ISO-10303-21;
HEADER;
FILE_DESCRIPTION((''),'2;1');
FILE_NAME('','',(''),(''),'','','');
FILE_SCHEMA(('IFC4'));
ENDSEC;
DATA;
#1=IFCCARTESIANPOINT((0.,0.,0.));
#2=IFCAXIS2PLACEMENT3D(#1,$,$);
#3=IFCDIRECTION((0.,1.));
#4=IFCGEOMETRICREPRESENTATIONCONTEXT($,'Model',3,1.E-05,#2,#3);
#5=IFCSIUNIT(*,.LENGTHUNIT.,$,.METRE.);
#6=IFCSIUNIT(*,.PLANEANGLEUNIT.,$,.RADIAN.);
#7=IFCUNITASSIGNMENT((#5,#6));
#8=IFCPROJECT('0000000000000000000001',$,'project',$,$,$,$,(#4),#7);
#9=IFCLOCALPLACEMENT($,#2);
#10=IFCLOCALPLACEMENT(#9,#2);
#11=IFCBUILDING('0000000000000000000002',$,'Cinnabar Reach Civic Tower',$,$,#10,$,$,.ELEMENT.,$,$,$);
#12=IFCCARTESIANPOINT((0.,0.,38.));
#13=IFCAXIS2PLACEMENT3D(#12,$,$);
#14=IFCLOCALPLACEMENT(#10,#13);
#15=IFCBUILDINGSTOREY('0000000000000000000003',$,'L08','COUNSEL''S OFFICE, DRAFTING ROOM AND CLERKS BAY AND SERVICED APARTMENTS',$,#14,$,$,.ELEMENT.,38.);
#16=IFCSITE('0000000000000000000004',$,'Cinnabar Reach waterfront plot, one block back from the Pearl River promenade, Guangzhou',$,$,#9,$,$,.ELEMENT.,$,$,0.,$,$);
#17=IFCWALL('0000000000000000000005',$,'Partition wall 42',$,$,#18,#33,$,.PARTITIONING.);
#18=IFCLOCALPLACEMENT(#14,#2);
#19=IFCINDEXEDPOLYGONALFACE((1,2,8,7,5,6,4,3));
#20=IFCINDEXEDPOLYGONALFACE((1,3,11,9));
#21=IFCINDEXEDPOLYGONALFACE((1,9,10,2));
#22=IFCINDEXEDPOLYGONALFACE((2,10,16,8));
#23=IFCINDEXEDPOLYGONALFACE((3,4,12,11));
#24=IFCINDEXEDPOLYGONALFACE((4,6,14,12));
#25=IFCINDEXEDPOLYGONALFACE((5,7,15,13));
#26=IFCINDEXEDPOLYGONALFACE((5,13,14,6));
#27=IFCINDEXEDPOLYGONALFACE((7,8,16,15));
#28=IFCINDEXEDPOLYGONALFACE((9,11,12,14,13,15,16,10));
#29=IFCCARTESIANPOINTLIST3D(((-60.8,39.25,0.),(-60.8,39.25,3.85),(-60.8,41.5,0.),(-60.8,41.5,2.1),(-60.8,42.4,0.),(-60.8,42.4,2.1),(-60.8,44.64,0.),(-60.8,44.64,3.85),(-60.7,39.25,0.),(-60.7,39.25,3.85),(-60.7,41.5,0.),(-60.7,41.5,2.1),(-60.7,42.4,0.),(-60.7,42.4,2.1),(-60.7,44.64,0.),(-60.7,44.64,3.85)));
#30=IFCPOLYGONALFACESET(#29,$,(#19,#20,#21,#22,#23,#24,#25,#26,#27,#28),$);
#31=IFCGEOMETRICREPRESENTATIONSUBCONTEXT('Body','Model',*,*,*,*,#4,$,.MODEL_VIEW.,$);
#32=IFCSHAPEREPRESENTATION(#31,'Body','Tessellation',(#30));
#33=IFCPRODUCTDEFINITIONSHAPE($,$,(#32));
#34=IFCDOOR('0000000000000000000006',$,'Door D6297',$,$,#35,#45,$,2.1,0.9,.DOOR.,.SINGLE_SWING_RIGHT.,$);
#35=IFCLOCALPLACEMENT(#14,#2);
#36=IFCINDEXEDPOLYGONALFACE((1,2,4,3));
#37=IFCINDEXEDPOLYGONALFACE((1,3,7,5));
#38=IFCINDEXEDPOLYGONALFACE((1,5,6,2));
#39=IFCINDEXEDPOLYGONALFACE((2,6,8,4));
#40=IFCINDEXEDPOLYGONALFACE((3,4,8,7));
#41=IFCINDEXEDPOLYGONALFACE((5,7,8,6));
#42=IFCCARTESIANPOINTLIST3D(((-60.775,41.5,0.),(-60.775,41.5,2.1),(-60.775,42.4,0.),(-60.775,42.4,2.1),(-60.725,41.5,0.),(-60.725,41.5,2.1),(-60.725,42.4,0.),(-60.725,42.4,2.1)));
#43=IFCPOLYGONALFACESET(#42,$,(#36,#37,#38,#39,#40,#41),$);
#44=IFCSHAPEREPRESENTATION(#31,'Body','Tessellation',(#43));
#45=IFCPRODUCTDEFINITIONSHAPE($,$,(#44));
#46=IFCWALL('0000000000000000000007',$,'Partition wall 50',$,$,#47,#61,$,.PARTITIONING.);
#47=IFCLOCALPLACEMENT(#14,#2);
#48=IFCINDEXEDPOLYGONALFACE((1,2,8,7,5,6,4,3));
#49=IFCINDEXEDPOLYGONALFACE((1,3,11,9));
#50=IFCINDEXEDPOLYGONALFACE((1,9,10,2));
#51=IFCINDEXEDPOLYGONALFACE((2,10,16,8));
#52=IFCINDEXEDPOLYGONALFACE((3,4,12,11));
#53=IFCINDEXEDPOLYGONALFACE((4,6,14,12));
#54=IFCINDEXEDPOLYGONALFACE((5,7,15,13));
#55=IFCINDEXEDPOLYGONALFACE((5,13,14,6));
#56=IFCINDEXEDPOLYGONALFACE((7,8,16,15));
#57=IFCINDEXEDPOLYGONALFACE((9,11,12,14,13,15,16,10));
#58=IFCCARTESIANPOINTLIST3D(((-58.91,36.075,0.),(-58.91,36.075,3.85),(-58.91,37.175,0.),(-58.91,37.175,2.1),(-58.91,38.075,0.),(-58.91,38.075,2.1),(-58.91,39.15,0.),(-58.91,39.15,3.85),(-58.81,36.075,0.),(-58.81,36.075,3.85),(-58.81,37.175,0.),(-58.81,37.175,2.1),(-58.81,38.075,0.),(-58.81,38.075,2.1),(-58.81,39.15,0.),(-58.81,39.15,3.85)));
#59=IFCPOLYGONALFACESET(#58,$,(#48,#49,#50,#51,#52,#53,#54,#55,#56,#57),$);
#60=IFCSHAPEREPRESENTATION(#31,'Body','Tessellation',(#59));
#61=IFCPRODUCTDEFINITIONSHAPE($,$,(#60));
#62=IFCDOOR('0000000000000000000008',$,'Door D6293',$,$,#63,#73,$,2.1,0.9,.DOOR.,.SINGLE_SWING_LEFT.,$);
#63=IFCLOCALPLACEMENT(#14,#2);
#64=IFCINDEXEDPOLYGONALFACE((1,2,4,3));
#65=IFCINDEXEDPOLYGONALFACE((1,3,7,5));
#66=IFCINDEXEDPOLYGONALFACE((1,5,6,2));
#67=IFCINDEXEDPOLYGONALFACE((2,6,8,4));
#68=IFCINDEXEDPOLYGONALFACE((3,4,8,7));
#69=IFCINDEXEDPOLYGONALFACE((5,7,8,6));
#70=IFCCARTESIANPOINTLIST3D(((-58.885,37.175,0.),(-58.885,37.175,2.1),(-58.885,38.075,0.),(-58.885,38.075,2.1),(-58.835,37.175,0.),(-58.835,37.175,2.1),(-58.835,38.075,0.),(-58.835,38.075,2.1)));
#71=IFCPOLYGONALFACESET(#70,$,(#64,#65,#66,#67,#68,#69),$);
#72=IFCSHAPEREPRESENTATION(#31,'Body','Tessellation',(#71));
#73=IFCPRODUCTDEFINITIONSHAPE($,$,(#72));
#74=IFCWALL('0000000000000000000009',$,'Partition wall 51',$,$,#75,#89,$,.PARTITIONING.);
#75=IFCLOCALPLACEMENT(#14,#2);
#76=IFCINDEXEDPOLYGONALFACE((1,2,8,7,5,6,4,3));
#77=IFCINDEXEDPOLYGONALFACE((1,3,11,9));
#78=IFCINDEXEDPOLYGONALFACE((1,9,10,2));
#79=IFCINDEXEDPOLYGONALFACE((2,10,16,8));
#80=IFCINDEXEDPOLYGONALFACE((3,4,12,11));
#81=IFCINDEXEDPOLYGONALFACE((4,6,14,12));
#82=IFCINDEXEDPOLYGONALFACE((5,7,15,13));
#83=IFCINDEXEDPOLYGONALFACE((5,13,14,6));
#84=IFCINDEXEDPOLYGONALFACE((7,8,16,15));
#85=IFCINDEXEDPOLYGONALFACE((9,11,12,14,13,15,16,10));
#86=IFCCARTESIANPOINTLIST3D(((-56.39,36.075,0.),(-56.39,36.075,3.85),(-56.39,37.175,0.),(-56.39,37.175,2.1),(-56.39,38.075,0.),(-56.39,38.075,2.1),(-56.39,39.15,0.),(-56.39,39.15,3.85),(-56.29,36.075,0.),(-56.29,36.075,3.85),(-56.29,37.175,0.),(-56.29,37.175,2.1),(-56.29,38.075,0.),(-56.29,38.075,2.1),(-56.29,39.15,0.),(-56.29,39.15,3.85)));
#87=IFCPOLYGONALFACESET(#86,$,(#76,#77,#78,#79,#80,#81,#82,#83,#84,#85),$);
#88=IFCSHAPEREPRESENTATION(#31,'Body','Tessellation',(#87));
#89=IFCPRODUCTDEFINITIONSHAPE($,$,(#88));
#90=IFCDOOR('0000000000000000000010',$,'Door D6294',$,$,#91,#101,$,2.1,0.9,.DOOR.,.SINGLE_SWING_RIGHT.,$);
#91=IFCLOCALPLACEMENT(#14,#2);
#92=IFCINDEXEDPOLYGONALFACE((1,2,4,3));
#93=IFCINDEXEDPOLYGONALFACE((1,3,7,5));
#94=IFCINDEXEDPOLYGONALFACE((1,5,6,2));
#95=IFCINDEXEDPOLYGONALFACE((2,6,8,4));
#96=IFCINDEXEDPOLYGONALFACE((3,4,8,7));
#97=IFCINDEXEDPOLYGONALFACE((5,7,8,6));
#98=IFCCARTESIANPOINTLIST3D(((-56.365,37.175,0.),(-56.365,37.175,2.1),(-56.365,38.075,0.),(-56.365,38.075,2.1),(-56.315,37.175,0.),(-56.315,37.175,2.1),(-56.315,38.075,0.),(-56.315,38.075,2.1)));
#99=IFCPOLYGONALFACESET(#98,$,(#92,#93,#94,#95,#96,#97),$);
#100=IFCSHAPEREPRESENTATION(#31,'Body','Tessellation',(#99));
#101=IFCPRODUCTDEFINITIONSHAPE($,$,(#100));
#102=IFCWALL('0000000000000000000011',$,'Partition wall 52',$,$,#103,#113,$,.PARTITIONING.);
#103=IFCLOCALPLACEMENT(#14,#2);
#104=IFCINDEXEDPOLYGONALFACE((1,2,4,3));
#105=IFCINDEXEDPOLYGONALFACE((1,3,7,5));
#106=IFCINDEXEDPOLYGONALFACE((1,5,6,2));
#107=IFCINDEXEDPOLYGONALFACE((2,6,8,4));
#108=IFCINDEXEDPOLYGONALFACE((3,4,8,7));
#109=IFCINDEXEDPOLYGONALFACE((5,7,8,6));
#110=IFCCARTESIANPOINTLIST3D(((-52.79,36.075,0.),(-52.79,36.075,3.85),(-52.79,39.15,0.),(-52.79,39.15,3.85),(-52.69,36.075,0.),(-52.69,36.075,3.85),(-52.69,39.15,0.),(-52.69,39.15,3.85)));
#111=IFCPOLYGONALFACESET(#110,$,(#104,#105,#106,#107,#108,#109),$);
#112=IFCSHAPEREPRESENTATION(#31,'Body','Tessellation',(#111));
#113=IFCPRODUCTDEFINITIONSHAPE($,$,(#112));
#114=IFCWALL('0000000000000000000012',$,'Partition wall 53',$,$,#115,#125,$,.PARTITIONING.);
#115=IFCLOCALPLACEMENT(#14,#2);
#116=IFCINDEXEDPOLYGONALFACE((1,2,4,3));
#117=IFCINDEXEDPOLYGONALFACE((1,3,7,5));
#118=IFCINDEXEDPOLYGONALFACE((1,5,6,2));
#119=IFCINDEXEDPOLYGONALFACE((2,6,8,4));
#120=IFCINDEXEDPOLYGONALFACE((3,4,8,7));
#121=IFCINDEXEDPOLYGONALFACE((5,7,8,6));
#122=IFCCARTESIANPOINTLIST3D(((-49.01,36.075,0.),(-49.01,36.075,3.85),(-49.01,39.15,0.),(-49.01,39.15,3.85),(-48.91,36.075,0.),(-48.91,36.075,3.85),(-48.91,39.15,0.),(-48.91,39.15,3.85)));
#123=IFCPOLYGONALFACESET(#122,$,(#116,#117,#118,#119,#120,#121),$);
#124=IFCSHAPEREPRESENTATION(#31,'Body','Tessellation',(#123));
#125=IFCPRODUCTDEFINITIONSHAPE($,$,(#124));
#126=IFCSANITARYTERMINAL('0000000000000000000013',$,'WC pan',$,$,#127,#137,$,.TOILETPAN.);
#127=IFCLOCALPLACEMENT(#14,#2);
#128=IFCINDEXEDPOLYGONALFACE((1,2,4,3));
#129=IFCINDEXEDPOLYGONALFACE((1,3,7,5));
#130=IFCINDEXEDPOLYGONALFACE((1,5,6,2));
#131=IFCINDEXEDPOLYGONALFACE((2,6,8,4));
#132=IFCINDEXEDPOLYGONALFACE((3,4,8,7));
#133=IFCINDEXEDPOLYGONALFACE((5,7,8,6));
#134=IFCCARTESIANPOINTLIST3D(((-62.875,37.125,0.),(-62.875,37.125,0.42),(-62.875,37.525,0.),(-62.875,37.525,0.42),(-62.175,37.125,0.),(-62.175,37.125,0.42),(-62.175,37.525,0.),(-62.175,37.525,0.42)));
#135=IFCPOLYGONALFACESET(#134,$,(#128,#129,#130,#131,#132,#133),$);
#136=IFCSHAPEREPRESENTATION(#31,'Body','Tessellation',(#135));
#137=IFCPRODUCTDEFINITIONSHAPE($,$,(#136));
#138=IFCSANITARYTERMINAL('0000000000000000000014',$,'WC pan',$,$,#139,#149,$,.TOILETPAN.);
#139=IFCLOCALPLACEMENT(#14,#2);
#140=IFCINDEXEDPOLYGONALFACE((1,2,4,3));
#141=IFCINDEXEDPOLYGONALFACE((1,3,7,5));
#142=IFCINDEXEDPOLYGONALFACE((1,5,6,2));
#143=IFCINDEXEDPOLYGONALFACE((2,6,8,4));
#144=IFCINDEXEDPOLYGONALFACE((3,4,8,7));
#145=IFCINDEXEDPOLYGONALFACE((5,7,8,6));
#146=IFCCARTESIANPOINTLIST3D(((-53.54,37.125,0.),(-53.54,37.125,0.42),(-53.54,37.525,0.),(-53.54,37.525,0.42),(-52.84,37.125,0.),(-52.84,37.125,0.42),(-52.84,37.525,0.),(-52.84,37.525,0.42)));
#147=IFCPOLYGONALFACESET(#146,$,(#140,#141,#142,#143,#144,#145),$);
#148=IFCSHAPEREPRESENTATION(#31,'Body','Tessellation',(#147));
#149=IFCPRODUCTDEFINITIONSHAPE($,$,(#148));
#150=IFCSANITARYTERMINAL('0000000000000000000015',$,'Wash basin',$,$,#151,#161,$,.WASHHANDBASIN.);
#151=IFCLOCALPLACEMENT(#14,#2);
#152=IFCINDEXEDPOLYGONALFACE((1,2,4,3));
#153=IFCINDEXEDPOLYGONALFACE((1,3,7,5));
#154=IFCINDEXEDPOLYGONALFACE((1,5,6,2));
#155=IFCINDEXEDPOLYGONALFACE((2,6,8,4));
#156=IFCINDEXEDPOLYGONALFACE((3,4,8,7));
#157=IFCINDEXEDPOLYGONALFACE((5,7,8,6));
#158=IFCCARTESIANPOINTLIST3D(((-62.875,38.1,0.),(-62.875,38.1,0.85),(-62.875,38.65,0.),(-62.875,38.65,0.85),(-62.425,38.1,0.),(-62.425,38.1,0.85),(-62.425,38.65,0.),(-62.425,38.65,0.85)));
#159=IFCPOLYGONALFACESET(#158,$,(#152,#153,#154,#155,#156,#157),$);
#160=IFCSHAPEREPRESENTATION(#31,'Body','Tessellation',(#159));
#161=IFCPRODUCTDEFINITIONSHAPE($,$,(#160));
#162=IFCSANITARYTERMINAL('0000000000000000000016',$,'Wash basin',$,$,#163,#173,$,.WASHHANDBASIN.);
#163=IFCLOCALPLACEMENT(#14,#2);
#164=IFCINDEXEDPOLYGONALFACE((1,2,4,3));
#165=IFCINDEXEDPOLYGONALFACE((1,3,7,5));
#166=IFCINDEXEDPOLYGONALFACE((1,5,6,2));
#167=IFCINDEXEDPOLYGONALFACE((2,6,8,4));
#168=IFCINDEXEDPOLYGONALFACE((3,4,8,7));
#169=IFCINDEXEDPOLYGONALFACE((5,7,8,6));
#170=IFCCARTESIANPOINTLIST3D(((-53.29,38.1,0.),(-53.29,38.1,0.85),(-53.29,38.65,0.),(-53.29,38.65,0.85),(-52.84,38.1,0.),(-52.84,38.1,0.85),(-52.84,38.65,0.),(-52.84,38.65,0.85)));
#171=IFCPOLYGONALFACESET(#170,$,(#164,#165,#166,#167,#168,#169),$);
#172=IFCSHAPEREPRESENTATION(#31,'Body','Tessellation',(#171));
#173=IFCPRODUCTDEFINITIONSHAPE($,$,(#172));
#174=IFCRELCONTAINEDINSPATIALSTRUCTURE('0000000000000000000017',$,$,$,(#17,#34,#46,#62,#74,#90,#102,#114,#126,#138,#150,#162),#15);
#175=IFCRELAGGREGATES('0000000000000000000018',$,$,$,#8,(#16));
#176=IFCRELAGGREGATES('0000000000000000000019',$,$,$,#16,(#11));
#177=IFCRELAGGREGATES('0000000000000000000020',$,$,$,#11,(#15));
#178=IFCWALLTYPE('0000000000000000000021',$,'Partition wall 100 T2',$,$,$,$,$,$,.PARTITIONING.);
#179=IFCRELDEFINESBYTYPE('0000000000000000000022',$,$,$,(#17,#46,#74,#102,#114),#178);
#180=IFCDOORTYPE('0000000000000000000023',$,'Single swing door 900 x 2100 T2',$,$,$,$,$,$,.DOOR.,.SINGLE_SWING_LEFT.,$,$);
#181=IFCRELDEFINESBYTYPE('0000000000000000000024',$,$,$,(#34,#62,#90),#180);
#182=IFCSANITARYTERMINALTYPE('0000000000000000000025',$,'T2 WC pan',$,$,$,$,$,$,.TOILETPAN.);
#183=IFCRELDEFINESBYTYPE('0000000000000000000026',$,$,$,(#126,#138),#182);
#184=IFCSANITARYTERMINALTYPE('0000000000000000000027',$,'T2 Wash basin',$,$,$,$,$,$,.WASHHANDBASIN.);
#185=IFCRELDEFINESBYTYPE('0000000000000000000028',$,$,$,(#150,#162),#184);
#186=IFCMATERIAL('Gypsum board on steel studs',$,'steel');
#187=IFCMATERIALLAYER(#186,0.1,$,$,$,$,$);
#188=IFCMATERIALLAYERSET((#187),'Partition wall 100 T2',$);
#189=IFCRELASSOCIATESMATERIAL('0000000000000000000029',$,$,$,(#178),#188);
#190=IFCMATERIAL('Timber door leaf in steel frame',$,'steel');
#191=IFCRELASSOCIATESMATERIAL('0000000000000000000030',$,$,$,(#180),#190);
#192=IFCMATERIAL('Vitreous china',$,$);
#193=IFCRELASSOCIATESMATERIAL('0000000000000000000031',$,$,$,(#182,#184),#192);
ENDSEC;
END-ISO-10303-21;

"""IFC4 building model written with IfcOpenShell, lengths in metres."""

from ifc_helpers import new_model, si_unit, direction, frame, frame_2d, origin, origin_2d, place, context, subcontext, project, spatial, rectangle, extrude, material, layer, layer_set, type_object, element, fill, save


model = new_model("IFC4")

# Units and contexts
model_context = context("Model", 3, precision=1e-05, world=origin(), true_north=direction((0.0, 1.0)))
body_context = subcontext(model_context, "Body", "Model", "MODEL_VIEW")
ifc_project = project(units=[si_unit("LENGTHUNIT", "METRE"), si_unit("PLANEANGLEUNIT", "RADIAN")], contexts=[model_context])

# Site, building, storey
site_placement = place(None, origin())
site = spatial("IfcSite", under=ifc_project, at=site_placement, Name="Cinnabar Reach waterfront plot, one block back from the Pearl River promenade, Guangzhou", CompositionType="ELEMENT", RefElevation=0.0)
building_placement = place(site_placement, origin())
building = spatial("IfcBuilding", under=site, at=building_placement, Name="Cinnabar Reach Civic Tower", CompositionType="ELEMENT")
storey_placement = place(building_placement, frame((0.0, 0.0, 38.0)))
storey = spatial("IfcBuildingStorey", under=building, at=storey_placement, Name="L08", Description="COUNSEL'S OFFICE, DRAFTING ROOM AND CLERKS BAY AND SERVICED APARTMENTS", CompositionType="ELEMENT", Elevation=38.0)

# Shared definitions
ifc_material_1 = material(Name="Gypsum board on steel studs", Category="steel")
ifc_layer_1 = layer(ifc_material_1, 0.1)
ifc_layer_set_1 = layer_set([ifc_layer_1], Name="Partition wall 100 T2")
wall_type_1 = type_object("IfcWallType", Name="Partition wall 100 T2", PredefinedType="PARTITIONING", material=ifc_layer_set_1)
ifc_material_2 = material(Name="Timber door leaf in steel frame", Category="steel")
door_type = type_object("IfcDoorType", Name="Single swing door 900 x 2100 T2", OperationType="SINGLE_SWING_LEFT", PredefinedType="DOOR", material=ifc_material_2)

# Walls, openings, doors
wall_1_placement = place(storey_placement, frame((-60.75, 39.25, 0.0), z_axis=(0.0, 0.0, 1.0), x_axis=(0.0, 1.0, 0.0)))
wall_1 = element("IfcWall", 1, at=wall_1_placement, inside=storey, type_object=wall_type_1, Name="Partition wall 42", PredefinedType="PARTITIONING", context=body_context, shape_type="SweptSolid", body=[
    extrude(rectangle(XDim=5.39, YDim=0.1, at=frame_2d((2.695, 0.0))), origin(), (0.0, 0.0, 1.0), 3.85),
])
opening_1_placement = place(wall_1_placement, frame((2.25, 0.0, 0.0)))
opening_1 = element("IfcOpeningElement", 2, at=opening_1_placement, cuts=wall_1, PredefinedType="OPENING", context=body_context, shape_type="SweptSolid", body=[
    extrude(rectangle(XDim=0.9, YDim=2.1, at=frame_2d((0.45, 1.05))), frame((0.0, 0.06, 0.0), z_axis=(0.0, -1.0, 0.0), x_axis=(1.0, 0.0, 0.0)), (0.0, 0.0, 1.0), 0.12),
])
door_1_placement = place(opening_1_placement, origin())
door_1 = element("IfcDoor", 3, at=door_1_placement, inside=storey, type_object=door_type, Name="Door D6297", OperationType="SINGLE_SWING_RIGHT", OverallHeight=2.1, OverallWidth=0.9, PredefinedType="DOOR", context=body_context, shape_type="SweptSolid", body=[
    extrude(rectangle(XDim=0.9, YDim=2.1, at=frame_2d((0.45, 1.05))), frame((0.0, 0.025, 0.0), z_axis=(0.0, -1.0, 0.0), x_axis=(1.0, 0.0, 0.0)), (0.0, 0.0, 1.0), 0.05),
])
fill(opening_1, door_1)
wall_2_placement = place(storey_placement, frame((-58.86, 36.075, 0.0), z_axis=(0.0, 0.0, 1.0), x_axis=(0.0, 1.0, 0.0)))
wall_2 = element("IfcWall", 4, at=wall_2_placement, inside=storey, type_object=wall_type_1, Name="Partition wall 50", PredefinedType="PARTITIONING", context=body_context, shape_type="SweptSolid", body=[
    extrude(rectangle(XDim=3.075, YDim=0.1, at=frame_2d((1.5375, 0.0))), origin(), (0.0, 0.0, 1.0), 3.85),
])
opening_2_placement = place(wall_2_placement, frame((1.1, 0.0, 0.0)))
opening_2 = element("IfcOpeningElement", 5, at=opening_2_placement, cuts=wall_2, PredefinedType="OPENING", context=body_context, shape_type="SweptSolid", body=[
    extrude(rectangle(XDim=0.9, YDim=2.1, at=frame_2d((0.45, 1.05))), frame((0.0, 0.06, 0.0), z_axis=(0.0, -1.0, 0.0), x_axis=(1.0, 0.0, 0.0)), (0.0, 0.0, 1.0), 0.12),
])
door_2_placement = place(opening_2_placement, origin())
door_2 = element("IfcDoor", 6, at=door_2_placement, inside=storey, type_object=door_type, Name="Door D6293", OperationType="SINGLE_SWING_LEFT", OverallHeight=2.1, OverallWidth=0.9, PredefinedType="DOOR", context=body_context, shape_type="SweptSolid", body=[
    extrude(rectangle(XDim=0.9, YDim=2.1, at=frame_2d((0.45, 1.05))), frame((0.0, 0.025, 0.0), z_axis=(0.0, -1.0, 0.0), x_axis=(1.0, 0.0, 0.0)), (0.0, 0.0, 1.0), 0.05),
])
fill(opening_2, door_2)
wall_3_placement = place(storey_placement, frame((-56.34, 36.075, 0.0), z_axis=(0.0, 0.0, 1.0), x_axis=(0.0, 1.0, 0.0)))
wall_3 = element("IfcWall", 7, at=wall_3_placement, inside=storey, type_object=wall_type_1, Name="Partition wall 51", PredefinedType="PARTITIONING", context=body_context, shape_type="SweptSolid", body=[
    extrude(rectangle(XDim=3.075, YDim=0.1, at=frame_2d((1.5375, 0.0))), origin(), (0.0, 0.0, 1.0), 3.85),
])
opening_3_placement = place(wall_3_placement, frame((1.1, 0.0, 0.0)))
opening_3 = element("IfcOpeningElement", 8, at=opening_3_placement, cuts=wall_3, PredefinedType="OPENING", context=body_context, shape_type="SweptSolid", body=[
    extrude(rectangle(XDim=0.9, YDim=2.1, at=frame_2d((0.45, 1.05))), frame((0.0, 0.06, 0.0), z_axis=(0.0, -1.0, 0.0), x_axis=(1.0, 0.0, 0.0)), (0.0, 0.0, 1.0), 0.12),
])
door_3_placement = place(opening_3_placement, frame((0.9, 0.0, 0.0), z_axis=(0.0, 0.0, 1.0), x_axis=(-1.0, 0.0, 0.0)))
door_3 = element("IfcDoor", 9, at=door_3_placement, inside=storey, type_object=door_type, Name="Door D6294", OperationType="SINGLE_SWING_RIGHT", OverallHeight=2.1, OverallWidth=0.9, PredefinedType="DOOR", context=body_context, shape_type="SweptSolid", body=[
    extrude(rectangle(XDim=0.9, YDim=2.1, at=frame_2d((0.45, 1.05))), frame((0.0, 0.025, 0.0), z_axis=(0.0, -1.0, 0.0), x_axis=(1.0, 0.0, 0.0)), (0.0, 0.0, 1.0), 0.05),
])
fill(opening_3, door_3)

# Walls
for number, where, z_axis, x_axis, name in (
    (10, (-52.74, 36.075, 0.0), (0.0, 0.0, 1.0), (0.0, 1.0, 0.0), "Partition wall 52"),
    (11, (-48.96, 36.075, 0.0), (0.0, 0.0, 1.0), (0.0, 1.0, 0.0), "Partition wall 53"),
):
    element("IfcWall", number, at=place(storey_placement, frame(where, z_axis=z_axis, x_axis=x_axis)), inside=storey, type_object=wall_type_1, Name=name, PredefinedType="PARTITIONING", context=body_context, shape_type="SweptSolid", body=[
        extrude(rectangle(XDim=3.075, YDim=0.1, at=frame_2d((1.5375, 0.0))), origin(), (0.0, 0.0, 1.0), 3.85),
    ])

# Sanitary terminals
ifc_material_3 = material(Name="Vitreous china")
sanitary_terminal_type_1 = type_object("IfcSanitaryTerminalType", Name="T2 WC pan", PredefinedType="TOILETPAN", material=ifc_material_3)
for number, where, z_axis, x_axis, name in (
    (12, (-62.525, 37.325, 0.0), (0.0, 0.0, 1.0), (1.0, 0.0, 0.0), "WC pan"),
    (13, (-53.19, 37.325, 0.0), (0.0, 0.0, 1.0), (1.0, 0.0, 0.0), "WC pan"),
):
    element("IfcSanitaryTerminal", number, at=place(storey_placement, frame(where, z_axis=z_axis, x_axis=x_axis)), inside=storey, type_object=sanitary_terminal_type_1, Name=name, PredefinedType="TOILETPAN", context=body_context, shape_type="SweptSolid", body=[
        extrude(rectangle(XDim=0.7, YDim=0.4, at=origin_2d()), origin(), (0.0, 0.0, 1.0), 0.42),
    ])
sanitary_terminal_type_2 = type_object("IfcSanitaryTerminalType", Name="T2 Wash basin", PredefinedType="WASHHANDBASIN", material=ifc_material_3)
for number, where, z_axis, x_axis, name in (
    (14, (-62.65, 38.375, 0.0), (0.0, 0.0, 1.0), (1.0, 0.0, 0.0), "Wash basin"),
    (15, (-53.065, 38.375, 0.0), (0.0, 0.0, 1.0), (1.0, 0.0, 0.0), "Wash basin"),
):
    element("IfcSanitaryTerminal", number, at=place(storey_placement, frame(where, z_axis=z_axis, x_axis=x_axis)), inside=storey, type_object=sanitary_terminal_type_2, Name=name, PredefinedType="WASHHANDBASIN", context=body_context, shape_type="SweptSolid", body=[
        extrude(rectangle(XDim=0.45, YDim=0.55, at=origin_2d()), origin(), (0.0, 0.0, 1.0), 0.85),
    ])

save(model, "model.ifc")
